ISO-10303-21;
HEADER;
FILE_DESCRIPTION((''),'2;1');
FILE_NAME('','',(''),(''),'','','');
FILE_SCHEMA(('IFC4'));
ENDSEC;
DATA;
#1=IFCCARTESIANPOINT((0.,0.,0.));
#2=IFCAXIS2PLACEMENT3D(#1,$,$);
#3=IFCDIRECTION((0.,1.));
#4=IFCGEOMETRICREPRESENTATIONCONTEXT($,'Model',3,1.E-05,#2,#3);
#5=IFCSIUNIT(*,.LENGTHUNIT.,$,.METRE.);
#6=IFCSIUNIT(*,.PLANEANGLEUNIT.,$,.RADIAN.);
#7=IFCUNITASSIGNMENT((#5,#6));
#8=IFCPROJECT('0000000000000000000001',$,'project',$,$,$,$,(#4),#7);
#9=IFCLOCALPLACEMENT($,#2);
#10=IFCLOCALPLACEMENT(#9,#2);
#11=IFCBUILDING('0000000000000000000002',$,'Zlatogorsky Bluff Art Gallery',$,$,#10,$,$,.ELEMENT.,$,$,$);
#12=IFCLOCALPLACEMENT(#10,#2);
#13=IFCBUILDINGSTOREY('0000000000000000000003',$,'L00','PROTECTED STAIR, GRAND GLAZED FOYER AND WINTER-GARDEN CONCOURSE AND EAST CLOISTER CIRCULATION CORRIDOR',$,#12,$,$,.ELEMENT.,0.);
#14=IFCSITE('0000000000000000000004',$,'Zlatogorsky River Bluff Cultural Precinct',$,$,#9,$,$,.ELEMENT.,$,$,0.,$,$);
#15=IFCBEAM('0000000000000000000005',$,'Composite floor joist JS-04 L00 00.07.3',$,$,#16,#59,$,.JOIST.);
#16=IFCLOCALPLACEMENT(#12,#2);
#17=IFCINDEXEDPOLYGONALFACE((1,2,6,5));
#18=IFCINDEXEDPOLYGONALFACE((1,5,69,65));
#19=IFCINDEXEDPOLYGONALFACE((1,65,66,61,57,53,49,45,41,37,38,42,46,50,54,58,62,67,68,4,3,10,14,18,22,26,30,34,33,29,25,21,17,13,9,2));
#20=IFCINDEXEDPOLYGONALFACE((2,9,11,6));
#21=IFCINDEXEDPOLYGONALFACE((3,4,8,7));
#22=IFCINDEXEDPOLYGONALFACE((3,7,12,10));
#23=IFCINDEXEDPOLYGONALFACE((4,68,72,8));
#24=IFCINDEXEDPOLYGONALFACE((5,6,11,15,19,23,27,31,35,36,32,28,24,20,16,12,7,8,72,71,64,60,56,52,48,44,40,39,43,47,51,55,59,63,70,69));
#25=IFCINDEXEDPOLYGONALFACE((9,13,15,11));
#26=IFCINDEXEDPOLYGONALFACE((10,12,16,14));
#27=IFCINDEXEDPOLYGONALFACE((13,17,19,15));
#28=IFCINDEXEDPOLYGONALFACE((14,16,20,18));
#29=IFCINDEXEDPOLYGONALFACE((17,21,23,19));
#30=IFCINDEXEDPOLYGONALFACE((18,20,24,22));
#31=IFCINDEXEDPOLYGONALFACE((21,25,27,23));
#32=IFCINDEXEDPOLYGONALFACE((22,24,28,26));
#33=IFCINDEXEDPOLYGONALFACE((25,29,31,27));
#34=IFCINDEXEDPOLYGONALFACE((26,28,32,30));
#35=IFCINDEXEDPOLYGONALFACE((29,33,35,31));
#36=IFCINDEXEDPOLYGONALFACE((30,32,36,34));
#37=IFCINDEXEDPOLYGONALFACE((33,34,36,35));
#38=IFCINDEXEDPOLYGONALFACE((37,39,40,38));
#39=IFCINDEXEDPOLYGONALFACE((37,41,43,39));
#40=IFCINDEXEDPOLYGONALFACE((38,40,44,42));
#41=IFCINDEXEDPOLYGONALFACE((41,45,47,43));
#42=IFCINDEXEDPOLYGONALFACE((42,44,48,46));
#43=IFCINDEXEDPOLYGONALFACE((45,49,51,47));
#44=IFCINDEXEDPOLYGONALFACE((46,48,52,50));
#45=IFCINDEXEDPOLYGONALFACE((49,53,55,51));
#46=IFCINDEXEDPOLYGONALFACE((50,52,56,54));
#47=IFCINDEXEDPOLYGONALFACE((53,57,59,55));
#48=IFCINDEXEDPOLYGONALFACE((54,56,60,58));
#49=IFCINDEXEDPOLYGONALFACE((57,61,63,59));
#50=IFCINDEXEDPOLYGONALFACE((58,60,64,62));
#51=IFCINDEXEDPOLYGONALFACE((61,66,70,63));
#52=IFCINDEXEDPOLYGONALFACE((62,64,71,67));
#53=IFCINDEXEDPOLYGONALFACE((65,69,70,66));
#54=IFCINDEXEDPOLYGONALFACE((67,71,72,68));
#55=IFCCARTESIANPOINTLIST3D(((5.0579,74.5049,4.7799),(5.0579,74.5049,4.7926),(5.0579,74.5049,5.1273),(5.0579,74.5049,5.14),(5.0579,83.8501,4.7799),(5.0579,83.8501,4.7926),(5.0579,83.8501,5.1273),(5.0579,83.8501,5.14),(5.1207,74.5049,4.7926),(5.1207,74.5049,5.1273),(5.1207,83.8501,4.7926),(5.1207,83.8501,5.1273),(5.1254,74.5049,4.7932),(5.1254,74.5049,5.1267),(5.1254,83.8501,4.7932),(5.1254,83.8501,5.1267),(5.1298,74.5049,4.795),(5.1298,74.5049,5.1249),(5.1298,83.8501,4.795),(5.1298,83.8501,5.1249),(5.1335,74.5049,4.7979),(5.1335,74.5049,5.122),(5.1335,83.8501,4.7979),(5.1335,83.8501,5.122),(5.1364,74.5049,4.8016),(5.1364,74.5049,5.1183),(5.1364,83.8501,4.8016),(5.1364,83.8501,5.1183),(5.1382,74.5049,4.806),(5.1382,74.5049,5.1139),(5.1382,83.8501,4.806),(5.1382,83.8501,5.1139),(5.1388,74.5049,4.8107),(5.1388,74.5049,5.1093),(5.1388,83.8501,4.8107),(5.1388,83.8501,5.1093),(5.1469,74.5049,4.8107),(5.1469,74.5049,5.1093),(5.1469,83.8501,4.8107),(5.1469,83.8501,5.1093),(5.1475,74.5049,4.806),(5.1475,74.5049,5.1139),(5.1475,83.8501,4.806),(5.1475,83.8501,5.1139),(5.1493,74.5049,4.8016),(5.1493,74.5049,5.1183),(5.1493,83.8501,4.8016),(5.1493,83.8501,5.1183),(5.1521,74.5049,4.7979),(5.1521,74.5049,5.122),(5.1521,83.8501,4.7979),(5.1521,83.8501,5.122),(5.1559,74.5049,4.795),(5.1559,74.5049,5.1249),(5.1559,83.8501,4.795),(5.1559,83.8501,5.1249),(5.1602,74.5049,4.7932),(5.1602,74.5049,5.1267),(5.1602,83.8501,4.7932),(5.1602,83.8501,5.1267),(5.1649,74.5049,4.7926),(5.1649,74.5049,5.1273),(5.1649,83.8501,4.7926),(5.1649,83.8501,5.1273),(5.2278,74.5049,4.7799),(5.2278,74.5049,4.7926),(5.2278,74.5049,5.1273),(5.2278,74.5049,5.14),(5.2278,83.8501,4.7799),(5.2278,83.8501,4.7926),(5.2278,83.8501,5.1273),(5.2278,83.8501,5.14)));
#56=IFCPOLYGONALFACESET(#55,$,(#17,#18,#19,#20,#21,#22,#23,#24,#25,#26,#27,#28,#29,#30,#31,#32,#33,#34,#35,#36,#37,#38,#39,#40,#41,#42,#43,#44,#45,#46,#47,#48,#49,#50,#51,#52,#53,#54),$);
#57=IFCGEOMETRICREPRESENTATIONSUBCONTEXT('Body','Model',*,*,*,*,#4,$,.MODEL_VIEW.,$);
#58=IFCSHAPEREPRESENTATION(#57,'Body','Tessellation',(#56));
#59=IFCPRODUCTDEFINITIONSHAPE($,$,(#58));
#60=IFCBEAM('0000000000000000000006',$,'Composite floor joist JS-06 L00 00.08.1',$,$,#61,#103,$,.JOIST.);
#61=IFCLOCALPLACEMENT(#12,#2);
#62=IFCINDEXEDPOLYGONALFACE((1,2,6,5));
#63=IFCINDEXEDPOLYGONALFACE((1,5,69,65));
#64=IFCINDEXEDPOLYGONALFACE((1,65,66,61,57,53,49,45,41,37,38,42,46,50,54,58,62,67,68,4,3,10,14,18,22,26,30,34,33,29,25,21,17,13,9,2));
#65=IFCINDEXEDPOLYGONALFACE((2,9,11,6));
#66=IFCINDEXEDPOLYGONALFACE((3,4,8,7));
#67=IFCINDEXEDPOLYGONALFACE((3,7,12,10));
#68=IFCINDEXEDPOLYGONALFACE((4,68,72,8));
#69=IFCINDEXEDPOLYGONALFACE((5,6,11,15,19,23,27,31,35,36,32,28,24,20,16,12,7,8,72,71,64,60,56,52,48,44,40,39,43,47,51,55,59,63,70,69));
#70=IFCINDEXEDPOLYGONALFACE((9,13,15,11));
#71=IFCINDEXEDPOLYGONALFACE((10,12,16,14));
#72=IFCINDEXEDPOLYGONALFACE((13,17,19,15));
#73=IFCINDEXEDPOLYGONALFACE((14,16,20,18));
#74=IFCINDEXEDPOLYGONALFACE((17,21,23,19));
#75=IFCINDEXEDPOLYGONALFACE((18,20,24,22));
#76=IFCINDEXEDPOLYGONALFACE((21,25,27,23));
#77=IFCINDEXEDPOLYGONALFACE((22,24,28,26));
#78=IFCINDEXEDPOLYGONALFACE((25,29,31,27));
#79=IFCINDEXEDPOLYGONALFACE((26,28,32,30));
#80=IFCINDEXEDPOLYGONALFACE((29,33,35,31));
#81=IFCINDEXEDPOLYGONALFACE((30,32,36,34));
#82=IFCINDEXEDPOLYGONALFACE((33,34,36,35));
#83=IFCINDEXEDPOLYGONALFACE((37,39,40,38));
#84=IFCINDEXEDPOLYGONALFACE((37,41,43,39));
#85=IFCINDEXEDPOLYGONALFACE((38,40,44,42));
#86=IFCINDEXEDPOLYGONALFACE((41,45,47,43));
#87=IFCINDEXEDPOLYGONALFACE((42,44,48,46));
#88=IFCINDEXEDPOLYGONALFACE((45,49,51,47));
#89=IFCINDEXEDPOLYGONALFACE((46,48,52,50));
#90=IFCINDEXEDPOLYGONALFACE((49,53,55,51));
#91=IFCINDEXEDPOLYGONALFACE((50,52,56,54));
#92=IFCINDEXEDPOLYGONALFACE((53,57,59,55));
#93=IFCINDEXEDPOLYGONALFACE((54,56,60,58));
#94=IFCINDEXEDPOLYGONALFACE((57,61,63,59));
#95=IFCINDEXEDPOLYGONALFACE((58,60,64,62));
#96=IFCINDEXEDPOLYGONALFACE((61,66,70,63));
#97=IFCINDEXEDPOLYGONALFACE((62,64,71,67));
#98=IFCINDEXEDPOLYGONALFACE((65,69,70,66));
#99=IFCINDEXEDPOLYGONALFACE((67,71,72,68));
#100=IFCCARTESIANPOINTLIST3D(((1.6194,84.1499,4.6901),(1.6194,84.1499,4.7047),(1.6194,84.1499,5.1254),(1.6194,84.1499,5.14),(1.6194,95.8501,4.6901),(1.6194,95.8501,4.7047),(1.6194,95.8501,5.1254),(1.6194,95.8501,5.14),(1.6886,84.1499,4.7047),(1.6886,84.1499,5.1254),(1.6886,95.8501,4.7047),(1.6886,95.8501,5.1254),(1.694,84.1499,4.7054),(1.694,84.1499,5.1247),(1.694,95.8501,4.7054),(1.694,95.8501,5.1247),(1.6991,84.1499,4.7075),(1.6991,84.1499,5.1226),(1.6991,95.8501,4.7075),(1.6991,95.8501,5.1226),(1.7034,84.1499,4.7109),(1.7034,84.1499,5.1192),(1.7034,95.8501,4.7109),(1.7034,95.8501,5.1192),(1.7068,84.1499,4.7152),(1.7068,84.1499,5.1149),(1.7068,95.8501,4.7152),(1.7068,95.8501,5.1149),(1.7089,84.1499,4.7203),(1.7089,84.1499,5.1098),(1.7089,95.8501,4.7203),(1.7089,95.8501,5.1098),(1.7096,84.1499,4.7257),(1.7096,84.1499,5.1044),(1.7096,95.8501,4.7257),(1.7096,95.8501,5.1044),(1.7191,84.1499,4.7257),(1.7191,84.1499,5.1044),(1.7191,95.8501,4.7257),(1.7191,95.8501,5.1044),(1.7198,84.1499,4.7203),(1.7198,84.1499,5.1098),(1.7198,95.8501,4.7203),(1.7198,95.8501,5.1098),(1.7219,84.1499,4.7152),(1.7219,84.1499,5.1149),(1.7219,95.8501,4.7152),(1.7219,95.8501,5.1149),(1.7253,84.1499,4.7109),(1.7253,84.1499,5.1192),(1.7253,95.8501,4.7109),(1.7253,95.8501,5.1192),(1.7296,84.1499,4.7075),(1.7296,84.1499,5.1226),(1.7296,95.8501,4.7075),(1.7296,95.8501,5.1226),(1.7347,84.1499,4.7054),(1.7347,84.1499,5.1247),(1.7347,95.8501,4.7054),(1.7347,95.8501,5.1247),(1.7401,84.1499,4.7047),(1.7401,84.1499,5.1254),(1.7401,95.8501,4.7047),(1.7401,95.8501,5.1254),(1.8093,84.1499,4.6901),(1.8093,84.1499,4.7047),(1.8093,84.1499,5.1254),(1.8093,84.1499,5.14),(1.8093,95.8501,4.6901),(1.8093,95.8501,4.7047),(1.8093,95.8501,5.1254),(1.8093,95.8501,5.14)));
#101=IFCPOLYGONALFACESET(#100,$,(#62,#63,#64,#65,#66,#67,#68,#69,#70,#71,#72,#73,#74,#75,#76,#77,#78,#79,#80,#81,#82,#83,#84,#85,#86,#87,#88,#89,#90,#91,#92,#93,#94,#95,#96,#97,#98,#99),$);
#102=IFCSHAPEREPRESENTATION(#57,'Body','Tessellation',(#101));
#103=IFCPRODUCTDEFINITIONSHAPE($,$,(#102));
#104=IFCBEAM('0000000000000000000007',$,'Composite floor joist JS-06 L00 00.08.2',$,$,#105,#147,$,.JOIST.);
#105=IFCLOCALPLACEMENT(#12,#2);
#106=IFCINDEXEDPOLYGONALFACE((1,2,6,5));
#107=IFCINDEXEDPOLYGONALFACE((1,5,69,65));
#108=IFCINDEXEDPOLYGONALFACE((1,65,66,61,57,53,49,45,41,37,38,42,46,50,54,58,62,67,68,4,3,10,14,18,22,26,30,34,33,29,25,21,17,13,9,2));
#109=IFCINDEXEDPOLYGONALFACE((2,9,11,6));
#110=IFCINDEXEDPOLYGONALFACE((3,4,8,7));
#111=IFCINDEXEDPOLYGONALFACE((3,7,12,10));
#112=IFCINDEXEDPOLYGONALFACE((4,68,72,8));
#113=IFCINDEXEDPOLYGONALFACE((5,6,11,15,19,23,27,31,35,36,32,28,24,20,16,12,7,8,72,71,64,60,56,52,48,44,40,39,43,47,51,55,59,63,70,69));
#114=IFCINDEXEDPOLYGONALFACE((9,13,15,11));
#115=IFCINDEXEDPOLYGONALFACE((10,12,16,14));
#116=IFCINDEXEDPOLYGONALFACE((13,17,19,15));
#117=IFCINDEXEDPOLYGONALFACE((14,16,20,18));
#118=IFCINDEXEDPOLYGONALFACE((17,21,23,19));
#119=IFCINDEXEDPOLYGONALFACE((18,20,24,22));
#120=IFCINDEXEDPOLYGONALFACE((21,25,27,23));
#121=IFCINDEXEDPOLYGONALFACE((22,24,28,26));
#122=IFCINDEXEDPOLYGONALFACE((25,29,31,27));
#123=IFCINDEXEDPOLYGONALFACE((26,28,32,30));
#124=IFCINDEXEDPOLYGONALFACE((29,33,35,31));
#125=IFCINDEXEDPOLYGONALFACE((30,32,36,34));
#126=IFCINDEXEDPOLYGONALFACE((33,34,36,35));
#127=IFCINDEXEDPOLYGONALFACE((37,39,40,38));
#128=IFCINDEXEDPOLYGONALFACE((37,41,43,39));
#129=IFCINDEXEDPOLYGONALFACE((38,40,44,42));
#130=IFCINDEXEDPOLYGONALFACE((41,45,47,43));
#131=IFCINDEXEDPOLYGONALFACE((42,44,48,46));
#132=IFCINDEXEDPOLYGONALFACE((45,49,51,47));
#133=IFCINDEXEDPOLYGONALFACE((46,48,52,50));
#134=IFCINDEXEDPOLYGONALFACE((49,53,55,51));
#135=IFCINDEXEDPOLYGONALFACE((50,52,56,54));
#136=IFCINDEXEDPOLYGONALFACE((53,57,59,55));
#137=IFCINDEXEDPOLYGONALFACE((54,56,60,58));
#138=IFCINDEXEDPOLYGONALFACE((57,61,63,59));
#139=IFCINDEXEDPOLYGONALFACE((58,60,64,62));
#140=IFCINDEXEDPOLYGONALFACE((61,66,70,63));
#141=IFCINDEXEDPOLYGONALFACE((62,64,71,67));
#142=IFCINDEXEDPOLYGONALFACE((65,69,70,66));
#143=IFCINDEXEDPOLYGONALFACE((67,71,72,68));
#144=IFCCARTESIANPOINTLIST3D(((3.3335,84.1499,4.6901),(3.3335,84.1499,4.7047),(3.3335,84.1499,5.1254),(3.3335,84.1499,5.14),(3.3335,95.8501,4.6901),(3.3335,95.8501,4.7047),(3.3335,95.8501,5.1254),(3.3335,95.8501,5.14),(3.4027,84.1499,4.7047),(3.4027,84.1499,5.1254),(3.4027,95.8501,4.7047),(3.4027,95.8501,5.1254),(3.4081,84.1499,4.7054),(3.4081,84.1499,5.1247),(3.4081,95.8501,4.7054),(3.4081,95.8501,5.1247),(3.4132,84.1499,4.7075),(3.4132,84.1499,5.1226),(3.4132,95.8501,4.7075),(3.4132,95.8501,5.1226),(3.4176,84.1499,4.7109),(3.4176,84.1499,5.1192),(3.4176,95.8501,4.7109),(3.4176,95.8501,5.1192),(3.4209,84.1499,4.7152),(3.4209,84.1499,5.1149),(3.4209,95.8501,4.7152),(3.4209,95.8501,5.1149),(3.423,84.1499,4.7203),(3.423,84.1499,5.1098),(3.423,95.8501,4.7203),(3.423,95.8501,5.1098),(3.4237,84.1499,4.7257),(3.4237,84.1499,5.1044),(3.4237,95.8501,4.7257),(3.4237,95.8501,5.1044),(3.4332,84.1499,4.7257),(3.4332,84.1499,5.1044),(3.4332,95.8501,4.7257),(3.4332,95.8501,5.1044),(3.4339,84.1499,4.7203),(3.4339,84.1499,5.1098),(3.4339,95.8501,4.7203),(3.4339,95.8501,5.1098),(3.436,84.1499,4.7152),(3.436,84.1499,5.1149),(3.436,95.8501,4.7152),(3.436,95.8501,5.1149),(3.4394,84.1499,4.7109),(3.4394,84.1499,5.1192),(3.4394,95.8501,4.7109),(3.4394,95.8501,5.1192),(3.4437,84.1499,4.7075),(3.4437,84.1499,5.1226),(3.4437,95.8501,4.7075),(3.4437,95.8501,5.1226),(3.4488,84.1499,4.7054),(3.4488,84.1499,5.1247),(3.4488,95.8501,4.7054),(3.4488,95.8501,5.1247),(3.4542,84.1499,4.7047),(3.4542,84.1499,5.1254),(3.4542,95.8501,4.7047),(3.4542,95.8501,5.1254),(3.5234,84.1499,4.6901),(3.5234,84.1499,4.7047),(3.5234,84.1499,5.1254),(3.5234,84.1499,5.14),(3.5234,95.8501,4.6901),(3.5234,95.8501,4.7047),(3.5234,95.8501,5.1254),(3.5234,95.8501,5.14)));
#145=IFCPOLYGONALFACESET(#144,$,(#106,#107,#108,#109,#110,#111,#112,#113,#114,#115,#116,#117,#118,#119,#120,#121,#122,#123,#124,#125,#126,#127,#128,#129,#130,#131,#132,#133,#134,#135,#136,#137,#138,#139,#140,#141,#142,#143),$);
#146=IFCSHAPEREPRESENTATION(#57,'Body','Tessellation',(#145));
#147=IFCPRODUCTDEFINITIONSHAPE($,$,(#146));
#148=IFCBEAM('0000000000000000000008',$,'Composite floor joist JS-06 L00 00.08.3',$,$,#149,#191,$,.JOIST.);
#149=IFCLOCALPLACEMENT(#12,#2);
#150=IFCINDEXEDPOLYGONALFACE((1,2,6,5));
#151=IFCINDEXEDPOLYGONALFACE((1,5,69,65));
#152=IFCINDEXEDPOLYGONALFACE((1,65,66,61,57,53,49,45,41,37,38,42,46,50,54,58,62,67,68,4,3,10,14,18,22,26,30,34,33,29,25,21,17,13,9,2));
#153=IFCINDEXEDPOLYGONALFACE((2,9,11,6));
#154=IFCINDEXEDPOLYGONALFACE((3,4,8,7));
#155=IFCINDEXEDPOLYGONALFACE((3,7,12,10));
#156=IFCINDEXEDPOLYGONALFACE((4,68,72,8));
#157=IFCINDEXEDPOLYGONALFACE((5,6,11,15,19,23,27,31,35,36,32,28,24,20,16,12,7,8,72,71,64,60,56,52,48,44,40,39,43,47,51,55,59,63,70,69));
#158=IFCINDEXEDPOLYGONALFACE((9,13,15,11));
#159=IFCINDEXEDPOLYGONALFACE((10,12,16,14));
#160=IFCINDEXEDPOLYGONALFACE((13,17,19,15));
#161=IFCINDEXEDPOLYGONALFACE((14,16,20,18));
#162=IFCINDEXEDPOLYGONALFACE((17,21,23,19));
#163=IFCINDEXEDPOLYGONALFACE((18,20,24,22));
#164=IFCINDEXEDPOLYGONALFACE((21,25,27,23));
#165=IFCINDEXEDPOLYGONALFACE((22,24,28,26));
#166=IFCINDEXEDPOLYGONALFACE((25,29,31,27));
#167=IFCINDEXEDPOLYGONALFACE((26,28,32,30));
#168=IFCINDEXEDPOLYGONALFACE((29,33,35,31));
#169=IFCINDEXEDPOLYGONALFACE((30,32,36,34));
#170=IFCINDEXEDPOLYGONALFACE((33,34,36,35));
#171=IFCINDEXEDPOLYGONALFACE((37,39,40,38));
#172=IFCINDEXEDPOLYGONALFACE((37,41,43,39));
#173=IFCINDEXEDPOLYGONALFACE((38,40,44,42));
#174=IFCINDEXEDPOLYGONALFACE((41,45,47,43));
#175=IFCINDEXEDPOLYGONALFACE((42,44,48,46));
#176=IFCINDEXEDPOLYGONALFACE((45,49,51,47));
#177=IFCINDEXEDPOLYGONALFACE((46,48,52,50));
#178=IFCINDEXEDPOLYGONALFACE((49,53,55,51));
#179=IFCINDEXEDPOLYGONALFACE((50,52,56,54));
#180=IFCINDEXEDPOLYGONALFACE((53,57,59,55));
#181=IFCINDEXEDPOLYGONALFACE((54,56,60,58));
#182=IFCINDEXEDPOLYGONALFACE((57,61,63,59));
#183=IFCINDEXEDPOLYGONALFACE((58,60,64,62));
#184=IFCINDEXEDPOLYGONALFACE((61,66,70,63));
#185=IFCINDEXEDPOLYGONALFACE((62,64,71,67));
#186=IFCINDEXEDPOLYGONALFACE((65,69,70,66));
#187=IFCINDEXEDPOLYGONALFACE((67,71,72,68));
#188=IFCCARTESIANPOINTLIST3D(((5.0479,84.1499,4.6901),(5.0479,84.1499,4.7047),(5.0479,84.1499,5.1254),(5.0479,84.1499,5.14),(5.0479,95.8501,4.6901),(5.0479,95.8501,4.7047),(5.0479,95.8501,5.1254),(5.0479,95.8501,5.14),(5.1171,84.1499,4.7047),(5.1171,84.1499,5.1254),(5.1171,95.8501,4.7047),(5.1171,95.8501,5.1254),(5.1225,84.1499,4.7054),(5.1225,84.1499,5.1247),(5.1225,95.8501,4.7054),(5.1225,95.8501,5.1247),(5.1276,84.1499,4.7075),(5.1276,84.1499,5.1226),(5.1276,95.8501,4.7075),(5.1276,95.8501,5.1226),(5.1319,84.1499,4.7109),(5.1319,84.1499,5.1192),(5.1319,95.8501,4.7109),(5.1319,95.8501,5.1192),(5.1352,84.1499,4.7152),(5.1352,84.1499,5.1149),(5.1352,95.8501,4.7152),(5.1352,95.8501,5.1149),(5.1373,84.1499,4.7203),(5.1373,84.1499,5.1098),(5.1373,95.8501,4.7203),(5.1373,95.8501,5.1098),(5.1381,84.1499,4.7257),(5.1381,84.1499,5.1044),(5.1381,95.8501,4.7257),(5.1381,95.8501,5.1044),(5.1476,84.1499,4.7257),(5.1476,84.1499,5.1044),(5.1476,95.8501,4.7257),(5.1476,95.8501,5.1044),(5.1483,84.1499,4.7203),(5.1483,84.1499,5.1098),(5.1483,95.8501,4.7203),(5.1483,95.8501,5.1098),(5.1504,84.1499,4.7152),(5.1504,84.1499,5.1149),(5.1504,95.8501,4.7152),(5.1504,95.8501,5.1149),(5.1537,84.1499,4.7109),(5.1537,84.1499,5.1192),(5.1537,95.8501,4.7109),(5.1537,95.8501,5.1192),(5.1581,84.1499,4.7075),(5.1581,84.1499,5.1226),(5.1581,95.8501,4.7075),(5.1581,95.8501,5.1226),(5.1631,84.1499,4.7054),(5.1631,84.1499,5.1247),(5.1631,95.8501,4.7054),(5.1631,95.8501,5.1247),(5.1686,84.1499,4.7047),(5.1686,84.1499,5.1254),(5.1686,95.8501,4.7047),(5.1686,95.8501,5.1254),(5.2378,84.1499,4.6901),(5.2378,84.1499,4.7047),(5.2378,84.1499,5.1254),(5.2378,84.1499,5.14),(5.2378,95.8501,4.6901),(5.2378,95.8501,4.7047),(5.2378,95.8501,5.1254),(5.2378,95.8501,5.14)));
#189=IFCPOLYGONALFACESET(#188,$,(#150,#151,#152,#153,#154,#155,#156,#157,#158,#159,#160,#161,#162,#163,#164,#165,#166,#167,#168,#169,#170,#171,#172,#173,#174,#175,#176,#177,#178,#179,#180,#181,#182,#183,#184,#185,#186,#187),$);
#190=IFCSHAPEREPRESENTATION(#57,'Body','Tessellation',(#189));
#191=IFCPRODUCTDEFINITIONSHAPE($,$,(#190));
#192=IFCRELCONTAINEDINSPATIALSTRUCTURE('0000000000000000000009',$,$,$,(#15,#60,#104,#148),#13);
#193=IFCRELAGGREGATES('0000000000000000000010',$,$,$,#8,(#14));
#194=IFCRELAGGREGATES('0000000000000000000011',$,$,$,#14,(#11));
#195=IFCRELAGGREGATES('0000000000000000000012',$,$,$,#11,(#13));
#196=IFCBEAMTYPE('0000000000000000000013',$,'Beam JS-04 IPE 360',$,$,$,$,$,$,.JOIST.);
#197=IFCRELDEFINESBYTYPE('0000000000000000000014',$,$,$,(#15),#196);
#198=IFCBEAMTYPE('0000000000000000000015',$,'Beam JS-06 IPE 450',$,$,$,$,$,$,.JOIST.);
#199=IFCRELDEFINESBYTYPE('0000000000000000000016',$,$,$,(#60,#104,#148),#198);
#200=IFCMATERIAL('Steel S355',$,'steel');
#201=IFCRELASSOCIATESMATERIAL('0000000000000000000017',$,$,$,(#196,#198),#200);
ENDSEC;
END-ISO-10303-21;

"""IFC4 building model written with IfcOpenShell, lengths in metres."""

from ifc_helpers import new_model, si_unit, direction, frame, origin, origin_2d, place, context, subcontext, project, spatial, i_section, extrude, material, material_profile, profile_set, type_object, element, save


model = new_model("IFC4")

# Units and contexts
model_context = context("Model", 3, precision=1e-05, world=origin(), true_north=direction((0.0, 1.0)))
body_context = subcontext(model_context, "Body", "Model", "MODEL_VIEW")
ifc_project = project(units=[si_unit("LENGTHUNIT", "METRE"), si_unit("PLANEANGLEUNIT", "RADIAN")], contexts=[model_context])

# Site, building, storey
site_placement = place(None, origin())
site = spatial("IfcSite", under=ifc_project, at=site_placement, Name="Zlatogorsky River Bluff Cultural Precinct", CompositionType="ELEMENT", RefElevation=0.0)
building_placement = place(site_placement, origin())
building = spatial("IfcBuilding", under=site, at=building_placement, Name="Zlatogorsky Bluff Art Gallery", CompositionType="ELEMENT")
storey_placement = place(building_placement, origin())
storey = spatial("IfcBuildingStorey", under=building, at=storey_placement, Name="L00", Description="PROTECTED STAIR, GRAND GLAZED FOYER AND WINTER-GARDEN CONCOURSE AND EAST CLOISTER CIRCULATION CORRIDOR", CompositionType="ELEMENT", Elevation=0.0)

# Shared definitions
ifc_material_1 = material(Name="Steel S355", Category="steel")

# Beams
ifc_material_profile_1 = material_profile(ifc_material_1, i_section(OverallWidth=0.1699, OverallDepth=0.3601, WebThickness=0.0081, FlangeThickness=0.0127, FilletRadius=0.0181, at=origin_2d()), Name="IPE 360")
ifc_profile_set_1 = profile_set([ifc_material_profile_1], Name="Steel S355")
beam_type_1 = type_object("IfcBeamType", Name="Beam JS-04 IPE 360", PredefinedType="JOIST", material=ifc_profile_set_1)
for number, where, z_axis, x_axis, name in (
    (1, (5.1428, 74.5049, 4.96), (0.0, 1.0, 0.0), (-1.0, 0.0, 0.0), "Composite floor joist JS-04 L00 00.07.3"),
):
    element("IfcBeam", number, at=place(storey_placement, frame(where, z_axis=z_axis, x_axis=x_axis)), inside=storey, type_object=beam_type_1, Name=name, PredefinedType="JOIST", context=body_context, shape_type="SweptSolid", body=[
        extrude(i_section(OverallWidth=0.1699, OverallDepth=0.3601, WebThickness=0.0081, FlangeThickness=0.0127, FilletRadius=0.0181, at=origin_2d()), origin(), (0.0, 0.0, 1.0), 9.3452),
    ])
ifc_material_profile_2 = material_profile(ifc_material_1, i_section(OverallWidth=0.1899, OverallDepth=0.45, WebThickness=0.0095, FlangeThickness=0.0146, FilletRadius=0.021, at=origin_2d()), Name="IPE 450")
ifc_profile_set_2 = profile_set([ifc_material_profile_2], Name="Steel S355")
beam_type_2 = type_object("IfcBeamType", Name="Beam JS-06 IPE 450", PredefinedType="JOIST", material=ifc_profile_set_2)
for number, where, z_axis, x_axis, name in (
    (2, (1.7144, 84.1499, 4.915), (0.0, 1.0, 0.0), (-1.0, 0.0, 0.0), "Composite floor joist JS-06 L00 00.08.1"),
    (3, (3.4285, 84.1499, 4.915), (0.0, 1.0, 0.0), (-1.0, 0.0, 0.0), "Composite floor joist JS-06 L00 00.08.2"),
    (4, (5.1428, 84.1499, 4.915), (0.0, 1.0, 0.0), (-1.0, 0.0, 0.0), "Composite floor joist JS-06 L00 00.08.3"),
):
    element("IfcBeam", number, at=place(storey_placement, frame(where, z_axis=z_axis, x_axis=x_axis)), inside=storey, type_object=beam_type_2, Name=name, PredefinedType="JOIST", context=body_context, shape_type="SweptSolid", body=[
        extrude(i_section(OverallWidth=0.1899, OverallDepth=0.45, WebThickness=0.0095, FlangeThickness=0.0146, FilletRadius=0.021, at=origin_2d()), origin(), (0.0, 0.0, 1.0), 11.7002),
    ])

save(model, "model.ifc")
